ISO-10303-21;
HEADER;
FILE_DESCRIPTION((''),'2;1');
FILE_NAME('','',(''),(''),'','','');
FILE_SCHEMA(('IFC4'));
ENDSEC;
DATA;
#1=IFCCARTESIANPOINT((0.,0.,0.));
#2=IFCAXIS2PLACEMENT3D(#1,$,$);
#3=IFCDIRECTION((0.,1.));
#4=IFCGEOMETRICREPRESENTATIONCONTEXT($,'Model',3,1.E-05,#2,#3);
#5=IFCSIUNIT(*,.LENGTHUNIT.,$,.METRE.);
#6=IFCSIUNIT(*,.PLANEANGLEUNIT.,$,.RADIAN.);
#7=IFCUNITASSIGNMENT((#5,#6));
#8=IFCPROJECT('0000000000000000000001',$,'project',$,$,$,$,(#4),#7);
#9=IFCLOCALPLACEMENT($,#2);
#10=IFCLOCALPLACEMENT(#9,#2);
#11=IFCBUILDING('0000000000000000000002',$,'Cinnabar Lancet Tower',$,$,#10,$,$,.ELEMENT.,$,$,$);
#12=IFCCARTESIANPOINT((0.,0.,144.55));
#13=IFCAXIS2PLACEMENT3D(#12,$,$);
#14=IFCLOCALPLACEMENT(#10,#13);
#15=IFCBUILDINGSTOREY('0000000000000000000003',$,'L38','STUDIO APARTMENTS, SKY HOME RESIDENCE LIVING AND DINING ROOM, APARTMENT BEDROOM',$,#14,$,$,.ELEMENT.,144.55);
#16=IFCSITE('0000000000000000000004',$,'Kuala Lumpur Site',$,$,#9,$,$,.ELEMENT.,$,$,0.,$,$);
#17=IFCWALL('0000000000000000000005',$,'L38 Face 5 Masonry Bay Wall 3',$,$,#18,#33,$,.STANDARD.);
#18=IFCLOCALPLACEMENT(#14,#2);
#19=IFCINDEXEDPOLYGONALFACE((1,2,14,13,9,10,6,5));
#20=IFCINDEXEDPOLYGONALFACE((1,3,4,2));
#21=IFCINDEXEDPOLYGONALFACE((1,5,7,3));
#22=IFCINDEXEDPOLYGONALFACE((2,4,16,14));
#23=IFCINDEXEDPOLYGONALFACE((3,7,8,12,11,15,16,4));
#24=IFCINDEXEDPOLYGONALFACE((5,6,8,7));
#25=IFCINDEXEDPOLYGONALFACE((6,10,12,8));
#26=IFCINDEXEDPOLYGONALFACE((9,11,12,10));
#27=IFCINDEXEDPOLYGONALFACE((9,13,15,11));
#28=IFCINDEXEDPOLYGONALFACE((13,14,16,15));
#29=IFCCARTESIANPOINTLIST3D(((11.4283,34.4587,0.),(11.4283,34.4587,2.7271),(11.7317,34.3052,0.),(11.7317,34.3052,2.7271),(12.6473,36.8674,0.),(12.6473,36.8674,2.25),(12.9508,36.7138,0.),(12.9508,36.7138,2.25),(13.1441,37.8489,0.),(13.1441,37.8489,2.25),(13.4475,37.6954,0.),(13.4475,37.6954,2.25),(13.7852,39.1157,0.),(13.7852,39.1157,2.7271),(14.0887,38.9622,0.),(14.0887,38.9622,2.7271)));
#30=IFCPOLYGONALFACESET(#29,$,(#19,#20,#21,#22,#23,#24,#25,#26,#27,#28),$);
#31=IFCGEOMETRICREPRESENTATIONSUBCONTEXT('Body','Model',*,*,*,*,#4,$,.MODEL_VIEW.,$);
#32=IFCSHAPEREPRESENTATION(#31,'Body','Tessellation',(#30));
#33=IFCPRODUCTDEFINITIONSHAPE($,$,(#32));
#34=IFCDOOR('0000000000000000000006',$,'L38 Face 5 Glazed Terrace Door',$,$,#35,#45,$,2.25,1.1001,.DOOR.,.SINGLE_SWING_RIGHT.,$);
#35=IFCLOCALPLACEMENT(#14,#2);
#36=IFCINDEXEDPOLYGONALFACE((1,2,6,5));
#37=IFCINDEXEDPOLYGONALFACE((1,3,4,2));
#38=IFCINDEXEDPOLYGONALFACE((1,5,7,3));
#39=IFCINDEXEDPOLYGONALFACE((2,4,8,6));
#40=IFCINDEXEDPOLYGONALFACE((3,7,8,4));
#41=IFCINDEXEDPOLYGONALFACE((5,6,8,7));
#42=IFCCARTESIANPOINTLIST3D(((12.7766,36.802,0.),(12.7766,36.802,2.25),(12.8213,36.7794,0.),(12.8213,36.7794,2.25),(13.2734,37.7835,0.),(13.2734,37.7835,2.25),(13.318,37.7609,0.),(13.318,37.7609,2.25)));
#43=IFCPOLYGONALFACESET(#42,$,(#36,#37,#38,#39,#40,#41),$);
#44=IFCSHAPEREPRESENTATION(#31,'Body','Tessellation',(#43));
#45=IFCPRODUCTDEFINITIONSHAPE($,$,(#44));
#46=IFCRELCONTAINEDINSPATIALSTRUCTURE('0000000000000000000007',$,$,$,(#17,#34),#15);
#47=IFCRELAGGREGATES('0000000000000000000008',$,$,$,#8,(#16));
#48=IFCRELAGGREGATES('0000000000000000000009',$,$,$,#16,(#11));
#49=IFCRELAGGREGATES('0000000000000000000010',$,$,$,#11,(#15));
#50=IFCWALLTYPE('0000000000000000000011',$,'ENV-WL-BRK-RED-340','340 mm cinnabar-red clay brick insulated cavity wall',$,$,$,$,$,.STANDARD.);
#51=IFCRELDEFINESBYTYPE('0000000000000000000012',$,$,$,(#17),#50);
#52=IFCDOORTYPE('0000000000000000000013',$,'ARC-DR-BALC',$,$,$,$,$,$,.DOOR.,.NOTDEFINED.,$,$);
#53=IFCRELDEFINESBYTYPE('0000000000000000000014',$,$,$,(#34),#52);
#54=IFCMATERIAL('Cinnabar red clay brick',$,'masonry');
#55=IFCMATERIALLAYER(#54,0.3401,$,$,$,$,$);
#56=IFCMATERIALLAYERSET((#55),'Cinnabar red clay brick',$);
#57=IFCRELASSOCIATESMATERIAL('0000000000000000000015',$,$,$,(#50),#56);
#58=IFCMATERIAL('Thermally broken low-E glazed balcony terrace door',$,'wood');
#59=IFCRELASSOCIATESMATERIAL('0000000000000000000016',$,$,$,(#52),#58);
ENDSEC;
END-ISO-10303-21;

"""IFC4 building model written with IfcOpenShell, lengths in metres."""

from ifc_helpers import new_model, si_unit, direction, frame, frame_2d, origin, place, context, subcontext, project, spatial, rectangle, extrude, material, layer, layer_set, type_object, element, fill, save


model = new_model("IFC4")

# Units and contexts
model_context = context("Model", 3, precision=1e-05, world=origin(), true_north=direction((0.0, 1.0)))
body_context = subcontext(model_context, "Body", "Model", "MODEL_VIEW")
ifc_project = project(units=[si_unit("LENGTHUNIT", "METRE"), si_unit("PLANEANGLEUNIT", "RADIAN")], contexts=[model_context])

# Site, building, storey
site_placement = place(None, origin())
site = spatial("IfcSite", under=ifc_project, at=site_placement, Name="Kuala Lumpur Site", CompositionType="ELEMENT", RefElevation=0.0)
building_placement = place(site_placement, origin())
building = spatial("IfcBuilding", under=site, at=building_placement, Name="Cinnabar Lancet Tower", CompositionType="ELEMENT")
storey_placement = place(building_placement, frame((0.0, 0.0, 144.55)))
storey = spatial("IfcBuildingStorey", under=building, at=storey_placement, Name="L38", Description="STUDIO APARTMENTS, SKY HOME RESIDENCE LIVING AND DINING ROOM, APARTMENT BEDROOM", CompositionType="ELEMENT", Elevation=144.55)

# Shared definitions
ifc_material_1 = material(Name="Cinnabar red clay brick", Category="masonry")
ifc_layer_1 = layer(ifc_material_1, 0.3401)
ifc_layer_set_1 = layer_set([ifc_layer_1], Name="Cinnabar red clay brick")
wall_type_1 = type_object("IfcWallType", Name="ENV-WL-BRK-RED-340", Description="340 mm cinnabar-red clay brick insulated cavity wall", PredefinedType="STANDARD", material=ifc_layer_set_1)

# Wall, opening, door
wall_1_placement = place(storey_placement, frame((13.937, 39.0391, 0.0), z_axis=(0.0, 0.0, 1.0), x_axis=(-0.451568, -0.892237, 0.0)))
wall_1 = element("IfcWall", 1, at=wall_1_placement, inside=storey, type_object=wall_type_1, Name="L38 Face 5 Masonry Bay Wall 3", PredefinedType="STANDARD", context=body_context, shape_type="SweptSolid", body=[
    extrude(rectangle(XDim=5.2195, YDim=0.3401, at=frame_2d((2.6099, 0.0))), origin(), (0.0, 0.0, 1.0), 2.7271),
])
opening_1_placement = place(wall_1_placement, frame((1.4199, 0.0, 0.0)))
opening_1 = element("IfcOpeningElement", 2, at=opening_1_placement, cuts=wall_1, PredefinedType="OPENING", context=body_context, shape_type="SweptSolid", body=[
    extrude(rectangle(XDim=1.1001, YDim=2.25, at=frame_2d((0.55, 1.125))), frame((0.0, 0.1799, 0.0), z_axis=(0.0, -1.0, 0.0), x_axis=(1.0, 0.0, 0.0)), (0.0, 0.0, 1.0), 0.3601),
])
ifc_material_2 = material(Name="Thermally broken low-E glazed balcony terrace door", Category="wood")
door_type_1 = type_object("IfcDoorType", Name="ARC-DR-BALC", OperationType="NOTDEFINED", PredefinedType="DOOR", material=ifc_material_2)
door_1_placement = place(opening_1_placement, origin())
door_1 = element("IfcDoor", 3, at=door_1_placement, inside=storey, type_object=door_type_1, Name="L38 Face 5 Glazed Terrace Door", OperationType="SINGLE_SWING_RIGHT", OverallHeight=2.25, OverallWidth=1.1001, PredefinedType="DOOR", context=body_context, shape_type="SweptSolid", body=[
    extrude(rectangle(XDim=1.1001, YDim=2.25, at=frame_2d((0.55, 1.125))), frame((0.0, 0.0249, 0.0), z_axis=(0.0, -1.0, 0.0), x_axis=(1.0, 0.0, 0.0)), (0.0, 0.0, 1.0), 0.05),
])
fill(opening_1, door_1)

save(model, "model.ifc")
